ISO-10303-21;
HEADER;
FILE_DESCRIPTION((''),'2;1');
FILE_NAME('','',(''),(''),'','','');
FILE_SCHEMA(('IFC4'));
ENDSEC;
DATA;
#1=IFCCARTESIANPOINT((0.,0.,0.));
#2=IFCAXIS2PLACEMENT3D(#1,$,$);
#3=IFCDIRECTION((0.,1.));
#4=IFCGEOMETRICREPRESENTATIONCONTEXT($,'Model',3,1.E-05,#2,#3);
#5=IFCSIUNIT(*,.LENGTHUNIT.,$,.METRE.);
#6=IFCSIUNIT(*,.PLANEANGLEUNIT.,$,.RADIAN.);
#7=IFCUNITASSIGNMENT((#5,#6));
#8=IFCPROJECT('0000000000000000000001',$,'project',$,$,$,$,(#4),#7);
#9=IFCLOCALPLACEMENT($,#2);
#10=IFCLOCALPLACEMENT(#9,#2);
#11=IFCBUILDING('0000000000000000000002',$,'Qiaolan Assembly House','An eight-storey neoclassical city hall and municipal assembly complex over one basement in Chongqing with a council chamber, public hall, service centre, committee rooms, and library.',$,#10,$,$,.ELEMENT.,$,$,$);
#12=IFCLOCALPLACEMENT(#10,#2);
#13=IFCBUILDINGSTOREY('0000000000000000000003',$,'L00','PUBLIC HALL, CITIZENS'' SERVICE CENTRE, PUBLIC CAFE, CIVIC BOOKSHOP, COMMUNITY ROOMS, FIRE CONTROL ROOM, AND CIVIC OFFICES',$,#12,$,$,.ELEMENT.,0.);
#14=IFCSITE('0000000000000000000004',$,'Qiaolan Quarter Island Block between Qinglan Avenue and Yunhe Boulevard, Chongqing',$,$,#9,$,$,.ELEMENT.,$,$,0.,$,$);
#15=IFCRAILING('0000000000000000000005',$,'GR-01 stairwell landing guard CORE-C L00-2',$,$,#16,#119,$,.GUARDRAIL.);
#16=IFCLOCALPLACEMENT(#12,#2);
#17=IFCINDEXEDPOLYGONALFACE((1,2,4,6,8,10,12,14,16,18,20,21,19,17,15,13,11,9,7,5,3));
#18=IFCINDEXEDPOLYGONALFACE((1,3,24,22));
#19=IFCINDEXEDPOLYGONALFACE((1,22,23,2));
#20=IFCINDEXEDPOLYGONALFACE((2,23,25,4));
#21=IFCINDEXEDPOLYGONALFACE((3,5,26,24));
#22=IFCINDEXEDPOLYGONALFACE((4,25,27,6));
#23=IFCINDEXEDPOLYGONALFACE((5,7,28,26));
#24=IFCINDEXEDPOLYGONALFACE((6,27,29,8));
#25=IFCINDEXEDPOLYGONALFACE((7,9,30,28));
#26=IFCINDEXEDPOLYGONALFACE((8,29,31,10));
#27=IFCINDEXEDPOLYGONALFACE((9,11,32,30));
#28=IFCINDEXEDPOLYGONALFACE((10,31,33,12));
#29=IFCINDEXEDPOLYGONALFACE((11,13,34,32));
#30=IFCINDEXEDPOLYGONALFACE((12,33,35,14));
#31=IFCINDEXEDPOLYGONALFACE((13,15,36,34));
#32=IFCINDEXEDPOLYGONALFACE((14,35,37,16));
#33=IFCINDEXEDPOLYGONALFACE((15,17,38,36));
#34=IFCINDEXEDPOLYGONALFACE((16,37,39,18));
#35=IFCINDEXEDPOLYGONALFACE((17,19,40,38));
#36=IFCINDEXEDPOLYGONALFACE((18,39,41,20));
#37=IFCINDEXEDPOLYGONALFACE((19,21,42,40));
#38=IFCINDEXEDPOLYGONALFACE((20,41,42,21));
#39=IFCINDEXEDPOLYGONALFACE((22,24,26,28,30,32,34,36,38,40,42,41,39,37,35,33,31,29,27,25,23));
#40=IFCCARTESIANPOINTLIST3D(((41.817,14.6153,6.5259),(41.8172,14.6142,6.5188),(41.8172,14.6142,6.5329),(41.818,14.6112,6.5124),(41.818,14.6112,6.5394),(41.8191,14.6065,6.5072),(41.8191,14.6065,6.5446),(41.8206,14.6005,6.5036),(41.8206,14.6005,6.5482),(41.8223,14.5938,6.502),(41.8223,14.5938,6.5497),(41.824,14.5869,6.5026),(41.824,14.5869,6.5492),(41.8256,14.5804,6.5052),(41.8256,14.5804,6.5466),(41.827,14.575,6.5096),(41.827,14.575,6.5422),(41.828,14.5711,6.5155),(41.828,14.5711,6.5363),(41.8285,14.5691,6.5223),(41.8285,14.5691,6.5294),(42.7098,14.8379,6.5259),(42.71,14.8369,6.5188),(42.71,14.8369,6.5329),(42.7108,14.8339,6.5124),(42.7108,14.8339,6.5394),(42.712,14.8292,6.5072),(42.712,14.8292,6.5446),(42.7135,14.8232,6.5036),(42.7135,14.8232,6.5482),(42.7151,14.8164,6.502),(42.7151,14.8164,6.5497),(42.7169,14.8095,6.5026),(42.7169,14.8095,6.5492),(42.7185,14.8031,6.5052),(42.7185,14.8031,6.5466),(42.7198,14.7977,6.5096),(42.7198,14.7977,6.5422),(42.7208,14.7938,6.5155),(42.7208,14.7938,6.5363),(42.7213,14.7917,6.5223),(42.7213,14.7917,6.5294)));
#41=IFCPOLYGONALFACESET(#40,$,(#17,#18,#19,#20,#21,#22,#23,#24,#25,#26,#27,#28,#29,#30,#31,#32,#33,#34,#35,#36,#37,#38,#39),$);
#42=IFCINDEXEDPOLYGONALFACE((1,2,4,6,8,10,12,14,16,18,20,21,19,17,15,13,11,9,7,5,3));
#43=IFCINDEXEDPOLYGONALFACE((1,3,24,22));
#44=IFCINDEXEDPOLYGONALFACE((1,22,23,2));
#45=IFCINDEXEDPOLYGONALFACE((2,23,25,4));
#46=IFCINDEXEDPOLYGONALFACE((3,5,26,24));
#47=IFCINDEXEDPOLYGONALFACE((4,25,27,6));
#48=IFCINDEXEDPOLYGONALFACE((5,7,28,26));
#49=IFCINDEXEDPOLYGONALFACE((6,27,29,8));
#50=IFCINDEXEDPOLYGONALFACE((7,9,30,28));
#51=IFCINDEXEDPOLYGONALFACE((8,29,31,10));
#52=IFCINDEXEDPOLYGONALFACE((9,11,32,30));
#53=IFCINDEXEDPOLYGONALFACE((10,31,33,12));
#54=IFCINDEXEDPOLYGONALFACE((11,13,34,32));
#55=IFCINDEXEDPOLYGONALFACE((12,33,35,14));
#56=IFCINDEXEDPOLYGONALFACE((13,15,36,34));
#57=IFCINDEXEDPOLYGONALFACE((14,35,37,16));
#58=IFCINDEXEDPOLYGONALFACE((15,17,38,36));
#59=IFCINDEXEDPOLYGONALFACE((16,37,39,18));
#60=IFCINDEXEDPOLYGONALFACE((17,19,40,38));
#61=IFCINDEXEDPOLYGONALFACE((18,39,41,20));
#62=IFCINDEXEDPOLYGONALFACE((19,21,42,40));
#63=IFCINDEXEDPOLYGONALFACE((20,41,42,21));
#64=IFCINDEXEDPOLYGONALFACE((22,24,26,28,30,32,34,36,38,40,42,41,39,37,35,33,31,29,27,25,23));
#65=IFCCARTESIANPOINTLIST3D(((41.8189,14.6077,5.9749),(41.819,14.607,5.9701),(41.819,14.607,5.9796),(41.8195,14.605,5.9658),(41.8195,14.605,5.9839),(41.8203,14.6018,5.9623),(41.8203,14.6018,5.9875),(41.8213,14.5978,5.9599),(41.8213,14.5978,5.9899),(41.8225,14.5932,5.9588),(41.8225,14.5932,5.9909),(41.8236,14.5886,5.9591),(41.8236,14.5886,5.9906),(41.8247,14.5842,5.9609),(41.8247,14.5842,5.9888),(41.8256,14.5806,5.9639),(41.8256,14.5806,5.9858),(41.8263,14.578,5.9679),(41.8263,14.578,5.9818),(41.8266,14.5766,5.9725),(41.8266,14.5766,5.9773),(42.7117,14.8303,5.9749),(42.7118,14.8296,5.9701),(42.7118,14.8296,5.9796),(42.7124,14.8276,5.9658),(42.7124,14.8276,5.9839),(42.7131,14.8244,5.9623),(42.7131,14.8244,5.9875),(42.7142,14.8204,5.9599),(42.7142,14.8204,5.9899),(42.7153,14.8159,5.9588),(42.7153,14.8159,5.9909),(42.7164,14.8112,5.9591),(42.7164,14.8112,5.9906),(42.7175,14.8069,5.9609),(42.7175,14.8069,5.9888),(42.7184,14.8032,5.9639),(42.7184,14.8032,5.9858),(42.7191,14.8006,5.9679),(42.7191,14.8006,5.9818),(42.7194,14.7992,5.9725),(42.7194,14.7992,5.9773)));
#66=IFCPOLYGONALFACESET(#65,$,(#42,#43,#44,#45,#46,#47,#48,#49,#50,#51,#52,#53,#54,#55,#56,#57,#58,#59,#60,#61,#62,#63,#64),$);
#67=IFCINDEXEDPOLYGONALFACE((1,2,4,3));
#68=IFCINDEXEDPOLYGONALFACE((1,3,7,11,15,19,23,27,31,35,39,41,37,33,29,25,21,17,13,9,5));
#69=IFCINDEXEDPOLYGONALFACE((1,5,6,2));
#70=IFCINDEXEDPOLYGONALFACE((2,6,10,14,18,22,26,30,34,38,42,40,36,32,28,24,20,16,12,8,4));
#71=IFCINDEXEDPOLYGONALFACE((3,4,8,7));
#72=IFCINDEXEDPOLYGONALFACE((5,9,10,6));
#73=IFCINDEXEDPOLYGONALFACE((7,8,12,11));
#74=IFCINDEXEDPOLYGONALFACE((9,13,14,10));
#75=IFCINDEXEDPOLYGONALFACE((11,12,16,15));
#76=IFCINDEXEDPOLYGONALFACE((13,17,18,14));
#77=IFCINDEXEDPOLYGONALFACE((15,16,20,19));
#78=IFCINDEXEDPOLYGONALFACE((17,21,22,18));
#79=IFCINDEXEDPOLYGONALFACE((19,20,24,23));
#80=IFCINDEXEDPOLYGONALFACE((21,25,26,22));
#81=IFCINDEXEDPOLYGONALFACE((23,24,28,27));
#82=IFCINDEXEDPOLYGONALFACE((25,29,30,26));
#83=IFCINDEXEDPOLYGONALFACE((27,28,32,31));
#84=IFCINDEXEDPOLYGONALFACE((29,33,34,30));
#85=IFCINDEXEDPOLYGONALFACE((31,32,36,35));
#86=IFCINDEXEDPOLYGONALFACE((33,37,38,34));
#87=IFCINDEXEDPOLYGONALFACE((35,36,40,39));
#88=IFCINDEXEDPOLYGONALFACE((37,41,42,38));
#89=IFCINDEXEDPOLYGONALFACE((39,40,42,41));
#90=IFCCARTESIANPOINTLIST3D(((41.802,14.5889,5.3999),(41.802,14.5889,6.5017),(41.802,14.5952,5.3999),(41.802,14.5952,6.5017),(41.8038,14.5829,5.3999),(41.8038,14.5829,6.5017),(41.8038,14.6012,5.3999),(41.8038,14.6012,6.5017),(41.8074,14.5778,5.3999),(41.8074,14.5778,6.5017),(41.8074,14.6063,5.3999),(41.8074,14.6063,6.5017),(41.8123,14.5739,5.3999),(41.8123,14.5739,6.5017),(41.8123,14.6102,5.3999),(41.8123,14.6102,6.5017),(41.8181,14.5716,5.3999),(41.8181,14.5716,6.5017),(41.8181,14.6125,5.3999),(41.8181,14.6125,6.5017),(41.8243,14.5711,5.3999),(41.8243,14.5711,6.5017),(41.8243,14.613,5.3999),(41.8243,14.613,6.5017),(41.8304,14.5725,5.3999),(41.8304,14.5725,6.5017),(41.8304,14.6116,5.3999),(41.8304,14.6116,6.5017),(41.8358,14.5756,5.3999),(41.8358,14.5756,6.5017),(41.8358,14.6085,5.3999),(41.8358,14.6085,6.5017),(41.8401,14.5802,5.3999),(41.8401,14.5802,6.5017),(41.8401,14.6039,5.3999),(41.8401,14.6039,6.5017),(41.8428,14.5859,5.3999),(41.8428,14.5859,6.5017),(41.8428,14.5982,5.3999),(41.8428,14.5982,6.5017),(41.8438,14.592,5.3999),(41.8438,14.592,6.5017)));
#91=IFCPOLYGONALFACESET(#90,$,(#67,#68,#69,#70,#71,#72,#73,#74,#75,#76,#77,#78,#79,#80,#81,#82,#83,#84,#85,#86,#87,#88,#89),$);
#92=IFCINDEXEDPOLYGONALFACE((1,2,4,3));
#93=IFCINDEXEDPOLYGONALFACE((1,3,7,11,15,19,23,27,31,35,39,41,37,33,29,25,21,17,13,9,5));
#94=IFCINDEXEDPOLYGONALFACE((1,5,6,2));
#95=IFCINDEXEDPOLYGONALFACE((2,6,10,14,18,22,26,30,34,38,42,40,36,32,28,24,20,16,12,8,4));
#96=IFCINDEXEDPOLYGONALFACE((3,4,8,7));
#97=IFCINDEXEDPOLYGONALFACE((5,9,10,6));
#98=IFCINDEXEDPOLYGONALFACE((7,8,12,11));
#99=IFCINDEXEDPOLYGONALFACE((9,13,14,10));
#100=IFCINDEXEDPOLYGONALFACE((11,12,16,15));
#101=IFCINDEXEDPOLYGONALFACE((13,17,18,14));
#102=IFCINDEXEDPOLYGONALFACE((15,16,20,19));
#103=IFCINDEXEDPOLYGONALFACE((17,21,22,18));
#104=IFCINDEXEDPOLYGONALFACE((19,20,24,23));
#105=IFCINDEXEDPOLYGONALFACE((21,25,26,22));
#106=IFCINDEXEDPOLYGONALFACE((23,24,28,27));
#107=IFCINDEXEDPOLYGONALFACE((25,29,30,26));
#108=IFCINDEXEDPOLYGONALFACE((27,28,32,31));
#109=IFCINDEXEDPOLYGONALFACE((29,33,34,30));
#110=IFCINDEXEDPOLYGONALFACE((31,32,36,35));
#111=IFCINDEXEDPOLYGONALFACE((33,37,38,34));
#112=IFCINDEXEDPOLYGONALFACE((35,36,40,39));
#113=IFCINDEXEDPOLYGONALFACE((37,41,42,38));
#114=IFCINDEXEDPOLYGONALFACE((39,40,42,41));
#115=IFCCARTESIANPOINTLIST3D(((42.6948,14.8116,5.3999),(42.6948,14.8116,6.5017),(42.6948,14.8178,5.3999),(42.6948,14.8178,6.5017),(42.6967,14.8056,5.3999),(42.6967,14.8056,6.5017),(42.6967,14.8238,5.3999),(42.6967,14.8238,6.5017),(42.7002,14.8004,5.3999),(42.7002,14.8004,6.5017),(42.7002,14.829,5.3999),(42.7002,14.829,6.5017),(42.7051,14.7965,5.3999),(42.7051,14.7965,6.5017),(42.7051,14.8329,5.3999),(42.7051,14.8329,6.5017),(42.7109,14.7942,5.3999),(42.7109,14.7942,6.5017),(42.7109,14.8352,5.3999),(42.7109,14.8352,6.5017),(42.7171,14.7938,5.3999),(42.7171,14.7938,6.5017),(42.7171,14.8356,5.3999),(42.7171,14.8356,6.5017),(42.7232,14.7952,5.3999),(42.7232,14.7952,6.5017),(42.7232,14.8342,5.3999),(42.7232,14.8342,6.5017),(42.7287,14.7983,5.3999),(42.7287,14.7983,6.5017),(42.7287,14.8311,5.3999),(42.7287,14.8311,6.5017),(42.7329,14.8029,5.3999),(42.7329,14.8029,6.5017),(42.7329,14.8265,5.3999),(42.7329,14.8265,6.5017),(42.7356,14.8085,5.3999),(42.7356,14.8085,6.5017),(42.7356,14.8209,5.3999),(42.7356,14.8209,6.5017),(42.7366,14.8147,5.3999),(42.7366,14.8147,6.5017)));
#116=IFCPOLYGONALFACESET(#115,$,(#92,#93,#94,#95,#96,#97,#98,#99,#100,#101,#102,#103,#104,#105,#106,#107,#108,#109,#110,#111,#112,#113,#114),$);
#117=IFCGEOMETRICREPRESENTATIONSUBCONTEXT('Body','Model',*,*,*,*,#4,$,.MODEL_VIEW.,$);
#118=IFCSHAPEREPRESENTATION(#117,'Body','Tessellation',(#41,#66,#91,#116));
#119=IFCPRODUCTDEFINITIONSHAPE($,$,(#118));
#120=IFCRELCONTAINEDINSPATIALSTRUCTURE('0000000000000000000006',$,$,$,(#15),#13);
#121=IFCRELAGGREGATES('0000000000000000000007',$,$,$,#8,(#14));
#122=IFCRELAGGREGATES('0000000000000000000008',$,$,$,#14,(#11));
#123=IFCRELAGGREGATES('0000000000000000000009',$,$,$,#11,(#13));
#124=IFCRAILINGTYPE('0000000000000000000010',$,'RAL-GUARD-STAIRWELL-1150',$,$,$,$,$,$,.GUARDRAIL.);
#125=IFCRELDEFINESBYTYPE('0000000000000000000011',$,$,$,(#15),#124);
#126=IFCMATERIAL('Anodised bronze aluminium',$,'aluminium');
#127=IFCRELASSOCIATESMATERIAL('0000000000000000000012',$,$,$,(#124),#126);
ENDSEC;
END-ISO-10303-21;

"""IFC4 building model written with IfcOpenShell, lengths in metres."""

from ifc_helpers import new_model, si_unit, direction, frame, origin, origin_2d, place, context, subcontext, project, spatial, circle, extrude, material, type_object, element, save


model = new_model("IFC4")

# Units and contexts
model_context = context("Model", 3, precision=1e-05, world=origin(), true_north=direction((0.0, 1.0)))
body_context = subcontext(model_context, "Body", "Model", "MODEL_VIEW")
ifc_project = project(units=[si_unit("LENGTHUNIT", "METRE"), si_unit("PLANEANGLEUNIT", "RADIAN")], contexts=[model_context])

# Site, building, storey
site_placement = place(None, origin())
site = spatial("IfcSite", under=ifc_project, at=site_placement, Name="Qiaolan Quarter Island Block between Qinglan Avenue and Yunhe Boulevard, Chongqing", CompositionType="ELEMENT", RefElevation=0.0)
building_placement = place(site_placement, origin())
building = spatial("IfcBuilding", under=site, at=building_placement, Name="Qiaolan Assembly House", Description="An eight-storey neoclassical city hall and municipal assembly complex over one basement in Chongqing with a council chamber, public hall, service centre, committee rooms, and library.", CompositionType="ELEMENT")
storey_placement = place(building_placement, origin())
storey = spatial("IfcBuildingStorey", under=building, at=storey_placement, Name="L00", Description="PUBLIC HALL, CITIZENS' SERVICE CENTRE, PUBLIC CAFE, CIVIC BOOKSHOP, COMMUNITY ROOMS, FIRE CONTROL ROOM, AND CIVIC OFFICES", CompositionType="ELEMENT", Elevation=0.0)

# Railing
ifc_material_1 = material(Name="Anodised bronze aluminium", Category="aluminium")
railing_type_1 = type_object("IfcRailingType", Name="RAL-GUARD-STAIRWELL-1150", PredefinedType="GUARDRAIL", material=ifc_material_1)
for number, where, name in (
    (1, (41.8228, 14.592, 5.3999), "GR-01 stairwell landing guard CORE-C L00-2"),
):
    element("IfcRailing", number, at=place(storey_placement, frame(where)), inside=storey, type_object=railing_type_1, Name=name, PredefinedType="GUARDRAIL", context=body_context, shape_type="SweptSolid", body=[
        extrude(circle(Radius=0.0239, at=origin_2d()), frame((0.0, 0.0, 1.126), z_axis=(0.970283, 0.241974, 0.0), x_axis=(-0.241974, 0.970283, 0.0)), (0.0, 0.0, 1.0), 0.9202),
        extrude(circle(Radius=0.0161, at=origin_2d()), frame((0.0, 0.0, 0.575), z_axis=(0.970283, 0.241974, 0.0), x_axis=(-0.241974, 0.970283, 0.0)), (0.0, 0.0, 1.0), 0.9202),
        extrude(circle(Radius=0.021, at=origin_2d()), origin(), (0.0, 0.0, 1.0), 1.1018),
        extrude(circle(Radius=0.021, at=origin_2d()), frame((0.8928, 0.2227, 0.0)), (0.0, 0.0, 1.0), 1.1018),
    ])

save(model, "model.ifc")
